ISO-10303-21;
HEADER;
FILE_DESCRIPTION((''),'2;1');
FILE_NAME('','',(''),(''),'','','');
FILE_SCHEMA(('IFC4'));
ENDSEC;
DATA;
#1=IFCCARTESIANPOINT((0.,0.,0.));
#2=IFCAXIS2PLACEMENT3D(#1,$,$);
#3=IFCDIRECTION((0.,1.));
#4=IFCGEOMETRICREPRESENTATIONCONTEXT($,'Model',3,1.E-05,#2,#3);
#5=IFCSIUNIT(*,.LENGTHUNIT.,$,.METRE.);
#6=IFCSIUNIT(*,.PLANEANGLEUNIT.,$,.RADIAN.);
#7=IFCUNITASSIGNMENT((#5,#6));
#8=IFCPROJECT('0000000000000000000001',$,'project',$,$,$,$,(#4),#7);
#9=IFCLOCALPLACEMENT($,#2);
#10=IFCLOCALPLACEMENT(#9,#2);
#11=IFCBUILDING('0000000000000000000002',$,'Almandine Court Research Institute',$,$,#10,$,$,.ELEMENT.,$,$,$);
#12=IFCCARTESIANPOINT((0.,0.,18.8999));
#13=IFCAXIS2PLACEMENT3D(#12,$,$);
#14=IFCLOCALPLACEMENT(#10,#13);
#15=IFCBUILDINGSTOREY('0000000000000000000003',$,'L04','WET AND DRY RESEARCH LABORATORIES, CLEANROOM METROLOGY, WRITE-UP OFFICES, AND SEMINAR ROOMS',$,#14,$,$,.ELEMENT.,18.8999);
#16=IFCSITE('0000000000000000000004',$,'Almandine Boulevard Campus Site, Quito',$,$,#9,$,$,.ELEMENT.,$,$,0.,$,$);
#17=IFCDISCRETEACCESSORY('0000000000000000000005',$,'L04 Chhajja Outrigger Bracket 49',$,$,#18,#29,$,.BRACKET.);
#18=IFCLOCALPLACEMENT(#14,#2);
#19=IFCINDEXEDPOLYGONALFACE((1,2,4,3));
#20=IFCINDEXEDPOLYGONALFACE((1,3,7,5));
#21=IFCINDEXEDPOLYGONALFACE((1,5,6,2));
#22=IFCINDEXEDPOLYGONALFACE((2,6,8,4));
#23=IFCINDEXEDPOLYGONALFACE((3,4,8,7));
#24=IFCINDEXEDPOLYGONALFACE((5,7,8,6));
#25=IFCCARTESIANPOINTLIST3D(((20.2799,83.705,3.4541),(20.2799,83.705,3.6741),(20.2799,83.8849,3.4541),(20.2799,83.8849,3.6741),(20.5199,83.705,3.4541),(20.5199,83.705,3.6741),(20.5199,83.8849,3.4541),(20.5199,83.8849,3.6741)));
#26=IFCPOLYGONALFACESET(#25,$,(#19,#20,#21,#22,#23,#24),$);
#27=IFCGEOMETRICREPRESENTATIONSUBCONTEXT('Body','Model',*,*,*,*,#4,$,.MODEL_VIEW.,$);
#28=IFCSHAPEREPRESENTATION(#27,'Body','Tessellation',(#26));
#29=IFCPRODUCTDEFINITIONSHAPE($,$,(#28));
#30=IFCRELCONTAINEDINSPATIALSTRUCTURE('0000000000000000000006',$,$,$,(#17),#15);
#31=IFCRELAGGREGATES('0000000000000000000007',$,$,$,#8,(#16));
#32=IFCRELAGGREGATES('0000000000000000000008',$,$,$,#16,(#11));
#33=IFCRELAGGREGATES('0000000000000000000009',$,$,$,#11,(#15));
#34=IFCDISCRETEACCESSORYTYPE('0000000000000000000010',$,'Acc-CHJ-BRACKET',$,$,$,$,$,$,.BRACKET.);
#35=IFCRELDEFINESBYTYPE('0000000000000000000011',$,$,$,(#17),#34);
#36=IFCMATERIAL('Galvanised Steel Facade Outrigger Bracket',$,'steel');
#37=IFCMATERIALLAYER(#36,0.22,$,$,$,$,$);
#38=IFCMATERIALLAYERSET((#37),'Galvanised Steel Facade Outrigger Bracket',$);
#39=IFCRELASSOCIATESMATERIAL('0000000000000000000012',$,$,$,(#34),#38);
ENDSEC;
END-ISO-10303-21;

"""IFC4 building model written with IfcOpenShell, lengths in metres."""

from ifc_helpers import new_model, si_unit, direction, frame, origin, origin_2d, place, context, subcontext, project, spatial, rectangle, extrude, material, layer, layer_set, type_object, element, save


model = new_model("IFC4")

# Units and contexts
model_context = context("Model", 3, precision=1e-05, world=origin(), true_north=direction((0.0, 1.0)))
body_context = subcontext(model_context, "Body", "Model", "MODEL_VIEW")
ifc_project = project(units=[si_unit("LENGTHUNIT", "METRE"), si_unit("PLANEANGLEUNIT", "RADIAN")], contexts=[model_context])

# Site, building, storey
site_placement = place(None, origin())
site = spatial("IfcSite", under=ifc_project, at=site_placement, Name="Almandine Boulevard Campus Site, Quito", CompositionType="ELEMENT", RefElevation=0.0)
building_placement = place(site_placement, origin())
building = spatial("IfcBuilding", under=site, at=building_placement, Name="Almandine Court Research Institute", CompositionType="ELEMENT")
storey_placement = place(building_placement, frame((0.0, 0.0, 18.8999)))
storey = spatial("IfcBuildingStorey", under=building, at=storey_placement, Name="L04", Description="WET AND DRY RESEARCH LABORATORIES, CLEANROOM METROLOGY, WRITE-UP OFFICES, AND SEMINAR ROOMS", CompositionType="ELEMENT", Elevation=18.8999)

# Discrete accessory
ifc_material_1 = material(Name="Galvanised Steel Facade Outrigger Bracket", Category="steel")
ifc_layer_1 = layer(ifc_material_1, 0.22)
ifc_layer_set_1 = layer_set([ifc_layer_1], Name="Galvanised Steel Facade Outrigger Bracket")
discrete_accessory_type = type_object("IfcDiscreteAccessoryType", Name="Acc-CHJ-BRACKET", PredefinedType="BRACKET", material=ifc_layer_set_1)
discrete_accessory_placement = place(storey_placement, frame((20.3999, 83.7949, 3.4541), z_axis=(0.0, 0.0, 1.0), x_axis=(-1.0, 0.0, 0.0)))
element("IfcDiscreteAccessory", 1, at=discrete_accessory_placement, inside=storey, type_object=discrete_accessory_type, Name="L04 Chhajja Outrigger Bracket 49", PredefinedType="BRACKET", context=body_context, shape_type="SweptSolid", body=[
    extrude(rectangle(XDim=0.24, YDim=0.1799, at=origin_2d()), origin(), (0.0, 0.0, 1.0), 0.22),
])

save(model, "model.ifc")
